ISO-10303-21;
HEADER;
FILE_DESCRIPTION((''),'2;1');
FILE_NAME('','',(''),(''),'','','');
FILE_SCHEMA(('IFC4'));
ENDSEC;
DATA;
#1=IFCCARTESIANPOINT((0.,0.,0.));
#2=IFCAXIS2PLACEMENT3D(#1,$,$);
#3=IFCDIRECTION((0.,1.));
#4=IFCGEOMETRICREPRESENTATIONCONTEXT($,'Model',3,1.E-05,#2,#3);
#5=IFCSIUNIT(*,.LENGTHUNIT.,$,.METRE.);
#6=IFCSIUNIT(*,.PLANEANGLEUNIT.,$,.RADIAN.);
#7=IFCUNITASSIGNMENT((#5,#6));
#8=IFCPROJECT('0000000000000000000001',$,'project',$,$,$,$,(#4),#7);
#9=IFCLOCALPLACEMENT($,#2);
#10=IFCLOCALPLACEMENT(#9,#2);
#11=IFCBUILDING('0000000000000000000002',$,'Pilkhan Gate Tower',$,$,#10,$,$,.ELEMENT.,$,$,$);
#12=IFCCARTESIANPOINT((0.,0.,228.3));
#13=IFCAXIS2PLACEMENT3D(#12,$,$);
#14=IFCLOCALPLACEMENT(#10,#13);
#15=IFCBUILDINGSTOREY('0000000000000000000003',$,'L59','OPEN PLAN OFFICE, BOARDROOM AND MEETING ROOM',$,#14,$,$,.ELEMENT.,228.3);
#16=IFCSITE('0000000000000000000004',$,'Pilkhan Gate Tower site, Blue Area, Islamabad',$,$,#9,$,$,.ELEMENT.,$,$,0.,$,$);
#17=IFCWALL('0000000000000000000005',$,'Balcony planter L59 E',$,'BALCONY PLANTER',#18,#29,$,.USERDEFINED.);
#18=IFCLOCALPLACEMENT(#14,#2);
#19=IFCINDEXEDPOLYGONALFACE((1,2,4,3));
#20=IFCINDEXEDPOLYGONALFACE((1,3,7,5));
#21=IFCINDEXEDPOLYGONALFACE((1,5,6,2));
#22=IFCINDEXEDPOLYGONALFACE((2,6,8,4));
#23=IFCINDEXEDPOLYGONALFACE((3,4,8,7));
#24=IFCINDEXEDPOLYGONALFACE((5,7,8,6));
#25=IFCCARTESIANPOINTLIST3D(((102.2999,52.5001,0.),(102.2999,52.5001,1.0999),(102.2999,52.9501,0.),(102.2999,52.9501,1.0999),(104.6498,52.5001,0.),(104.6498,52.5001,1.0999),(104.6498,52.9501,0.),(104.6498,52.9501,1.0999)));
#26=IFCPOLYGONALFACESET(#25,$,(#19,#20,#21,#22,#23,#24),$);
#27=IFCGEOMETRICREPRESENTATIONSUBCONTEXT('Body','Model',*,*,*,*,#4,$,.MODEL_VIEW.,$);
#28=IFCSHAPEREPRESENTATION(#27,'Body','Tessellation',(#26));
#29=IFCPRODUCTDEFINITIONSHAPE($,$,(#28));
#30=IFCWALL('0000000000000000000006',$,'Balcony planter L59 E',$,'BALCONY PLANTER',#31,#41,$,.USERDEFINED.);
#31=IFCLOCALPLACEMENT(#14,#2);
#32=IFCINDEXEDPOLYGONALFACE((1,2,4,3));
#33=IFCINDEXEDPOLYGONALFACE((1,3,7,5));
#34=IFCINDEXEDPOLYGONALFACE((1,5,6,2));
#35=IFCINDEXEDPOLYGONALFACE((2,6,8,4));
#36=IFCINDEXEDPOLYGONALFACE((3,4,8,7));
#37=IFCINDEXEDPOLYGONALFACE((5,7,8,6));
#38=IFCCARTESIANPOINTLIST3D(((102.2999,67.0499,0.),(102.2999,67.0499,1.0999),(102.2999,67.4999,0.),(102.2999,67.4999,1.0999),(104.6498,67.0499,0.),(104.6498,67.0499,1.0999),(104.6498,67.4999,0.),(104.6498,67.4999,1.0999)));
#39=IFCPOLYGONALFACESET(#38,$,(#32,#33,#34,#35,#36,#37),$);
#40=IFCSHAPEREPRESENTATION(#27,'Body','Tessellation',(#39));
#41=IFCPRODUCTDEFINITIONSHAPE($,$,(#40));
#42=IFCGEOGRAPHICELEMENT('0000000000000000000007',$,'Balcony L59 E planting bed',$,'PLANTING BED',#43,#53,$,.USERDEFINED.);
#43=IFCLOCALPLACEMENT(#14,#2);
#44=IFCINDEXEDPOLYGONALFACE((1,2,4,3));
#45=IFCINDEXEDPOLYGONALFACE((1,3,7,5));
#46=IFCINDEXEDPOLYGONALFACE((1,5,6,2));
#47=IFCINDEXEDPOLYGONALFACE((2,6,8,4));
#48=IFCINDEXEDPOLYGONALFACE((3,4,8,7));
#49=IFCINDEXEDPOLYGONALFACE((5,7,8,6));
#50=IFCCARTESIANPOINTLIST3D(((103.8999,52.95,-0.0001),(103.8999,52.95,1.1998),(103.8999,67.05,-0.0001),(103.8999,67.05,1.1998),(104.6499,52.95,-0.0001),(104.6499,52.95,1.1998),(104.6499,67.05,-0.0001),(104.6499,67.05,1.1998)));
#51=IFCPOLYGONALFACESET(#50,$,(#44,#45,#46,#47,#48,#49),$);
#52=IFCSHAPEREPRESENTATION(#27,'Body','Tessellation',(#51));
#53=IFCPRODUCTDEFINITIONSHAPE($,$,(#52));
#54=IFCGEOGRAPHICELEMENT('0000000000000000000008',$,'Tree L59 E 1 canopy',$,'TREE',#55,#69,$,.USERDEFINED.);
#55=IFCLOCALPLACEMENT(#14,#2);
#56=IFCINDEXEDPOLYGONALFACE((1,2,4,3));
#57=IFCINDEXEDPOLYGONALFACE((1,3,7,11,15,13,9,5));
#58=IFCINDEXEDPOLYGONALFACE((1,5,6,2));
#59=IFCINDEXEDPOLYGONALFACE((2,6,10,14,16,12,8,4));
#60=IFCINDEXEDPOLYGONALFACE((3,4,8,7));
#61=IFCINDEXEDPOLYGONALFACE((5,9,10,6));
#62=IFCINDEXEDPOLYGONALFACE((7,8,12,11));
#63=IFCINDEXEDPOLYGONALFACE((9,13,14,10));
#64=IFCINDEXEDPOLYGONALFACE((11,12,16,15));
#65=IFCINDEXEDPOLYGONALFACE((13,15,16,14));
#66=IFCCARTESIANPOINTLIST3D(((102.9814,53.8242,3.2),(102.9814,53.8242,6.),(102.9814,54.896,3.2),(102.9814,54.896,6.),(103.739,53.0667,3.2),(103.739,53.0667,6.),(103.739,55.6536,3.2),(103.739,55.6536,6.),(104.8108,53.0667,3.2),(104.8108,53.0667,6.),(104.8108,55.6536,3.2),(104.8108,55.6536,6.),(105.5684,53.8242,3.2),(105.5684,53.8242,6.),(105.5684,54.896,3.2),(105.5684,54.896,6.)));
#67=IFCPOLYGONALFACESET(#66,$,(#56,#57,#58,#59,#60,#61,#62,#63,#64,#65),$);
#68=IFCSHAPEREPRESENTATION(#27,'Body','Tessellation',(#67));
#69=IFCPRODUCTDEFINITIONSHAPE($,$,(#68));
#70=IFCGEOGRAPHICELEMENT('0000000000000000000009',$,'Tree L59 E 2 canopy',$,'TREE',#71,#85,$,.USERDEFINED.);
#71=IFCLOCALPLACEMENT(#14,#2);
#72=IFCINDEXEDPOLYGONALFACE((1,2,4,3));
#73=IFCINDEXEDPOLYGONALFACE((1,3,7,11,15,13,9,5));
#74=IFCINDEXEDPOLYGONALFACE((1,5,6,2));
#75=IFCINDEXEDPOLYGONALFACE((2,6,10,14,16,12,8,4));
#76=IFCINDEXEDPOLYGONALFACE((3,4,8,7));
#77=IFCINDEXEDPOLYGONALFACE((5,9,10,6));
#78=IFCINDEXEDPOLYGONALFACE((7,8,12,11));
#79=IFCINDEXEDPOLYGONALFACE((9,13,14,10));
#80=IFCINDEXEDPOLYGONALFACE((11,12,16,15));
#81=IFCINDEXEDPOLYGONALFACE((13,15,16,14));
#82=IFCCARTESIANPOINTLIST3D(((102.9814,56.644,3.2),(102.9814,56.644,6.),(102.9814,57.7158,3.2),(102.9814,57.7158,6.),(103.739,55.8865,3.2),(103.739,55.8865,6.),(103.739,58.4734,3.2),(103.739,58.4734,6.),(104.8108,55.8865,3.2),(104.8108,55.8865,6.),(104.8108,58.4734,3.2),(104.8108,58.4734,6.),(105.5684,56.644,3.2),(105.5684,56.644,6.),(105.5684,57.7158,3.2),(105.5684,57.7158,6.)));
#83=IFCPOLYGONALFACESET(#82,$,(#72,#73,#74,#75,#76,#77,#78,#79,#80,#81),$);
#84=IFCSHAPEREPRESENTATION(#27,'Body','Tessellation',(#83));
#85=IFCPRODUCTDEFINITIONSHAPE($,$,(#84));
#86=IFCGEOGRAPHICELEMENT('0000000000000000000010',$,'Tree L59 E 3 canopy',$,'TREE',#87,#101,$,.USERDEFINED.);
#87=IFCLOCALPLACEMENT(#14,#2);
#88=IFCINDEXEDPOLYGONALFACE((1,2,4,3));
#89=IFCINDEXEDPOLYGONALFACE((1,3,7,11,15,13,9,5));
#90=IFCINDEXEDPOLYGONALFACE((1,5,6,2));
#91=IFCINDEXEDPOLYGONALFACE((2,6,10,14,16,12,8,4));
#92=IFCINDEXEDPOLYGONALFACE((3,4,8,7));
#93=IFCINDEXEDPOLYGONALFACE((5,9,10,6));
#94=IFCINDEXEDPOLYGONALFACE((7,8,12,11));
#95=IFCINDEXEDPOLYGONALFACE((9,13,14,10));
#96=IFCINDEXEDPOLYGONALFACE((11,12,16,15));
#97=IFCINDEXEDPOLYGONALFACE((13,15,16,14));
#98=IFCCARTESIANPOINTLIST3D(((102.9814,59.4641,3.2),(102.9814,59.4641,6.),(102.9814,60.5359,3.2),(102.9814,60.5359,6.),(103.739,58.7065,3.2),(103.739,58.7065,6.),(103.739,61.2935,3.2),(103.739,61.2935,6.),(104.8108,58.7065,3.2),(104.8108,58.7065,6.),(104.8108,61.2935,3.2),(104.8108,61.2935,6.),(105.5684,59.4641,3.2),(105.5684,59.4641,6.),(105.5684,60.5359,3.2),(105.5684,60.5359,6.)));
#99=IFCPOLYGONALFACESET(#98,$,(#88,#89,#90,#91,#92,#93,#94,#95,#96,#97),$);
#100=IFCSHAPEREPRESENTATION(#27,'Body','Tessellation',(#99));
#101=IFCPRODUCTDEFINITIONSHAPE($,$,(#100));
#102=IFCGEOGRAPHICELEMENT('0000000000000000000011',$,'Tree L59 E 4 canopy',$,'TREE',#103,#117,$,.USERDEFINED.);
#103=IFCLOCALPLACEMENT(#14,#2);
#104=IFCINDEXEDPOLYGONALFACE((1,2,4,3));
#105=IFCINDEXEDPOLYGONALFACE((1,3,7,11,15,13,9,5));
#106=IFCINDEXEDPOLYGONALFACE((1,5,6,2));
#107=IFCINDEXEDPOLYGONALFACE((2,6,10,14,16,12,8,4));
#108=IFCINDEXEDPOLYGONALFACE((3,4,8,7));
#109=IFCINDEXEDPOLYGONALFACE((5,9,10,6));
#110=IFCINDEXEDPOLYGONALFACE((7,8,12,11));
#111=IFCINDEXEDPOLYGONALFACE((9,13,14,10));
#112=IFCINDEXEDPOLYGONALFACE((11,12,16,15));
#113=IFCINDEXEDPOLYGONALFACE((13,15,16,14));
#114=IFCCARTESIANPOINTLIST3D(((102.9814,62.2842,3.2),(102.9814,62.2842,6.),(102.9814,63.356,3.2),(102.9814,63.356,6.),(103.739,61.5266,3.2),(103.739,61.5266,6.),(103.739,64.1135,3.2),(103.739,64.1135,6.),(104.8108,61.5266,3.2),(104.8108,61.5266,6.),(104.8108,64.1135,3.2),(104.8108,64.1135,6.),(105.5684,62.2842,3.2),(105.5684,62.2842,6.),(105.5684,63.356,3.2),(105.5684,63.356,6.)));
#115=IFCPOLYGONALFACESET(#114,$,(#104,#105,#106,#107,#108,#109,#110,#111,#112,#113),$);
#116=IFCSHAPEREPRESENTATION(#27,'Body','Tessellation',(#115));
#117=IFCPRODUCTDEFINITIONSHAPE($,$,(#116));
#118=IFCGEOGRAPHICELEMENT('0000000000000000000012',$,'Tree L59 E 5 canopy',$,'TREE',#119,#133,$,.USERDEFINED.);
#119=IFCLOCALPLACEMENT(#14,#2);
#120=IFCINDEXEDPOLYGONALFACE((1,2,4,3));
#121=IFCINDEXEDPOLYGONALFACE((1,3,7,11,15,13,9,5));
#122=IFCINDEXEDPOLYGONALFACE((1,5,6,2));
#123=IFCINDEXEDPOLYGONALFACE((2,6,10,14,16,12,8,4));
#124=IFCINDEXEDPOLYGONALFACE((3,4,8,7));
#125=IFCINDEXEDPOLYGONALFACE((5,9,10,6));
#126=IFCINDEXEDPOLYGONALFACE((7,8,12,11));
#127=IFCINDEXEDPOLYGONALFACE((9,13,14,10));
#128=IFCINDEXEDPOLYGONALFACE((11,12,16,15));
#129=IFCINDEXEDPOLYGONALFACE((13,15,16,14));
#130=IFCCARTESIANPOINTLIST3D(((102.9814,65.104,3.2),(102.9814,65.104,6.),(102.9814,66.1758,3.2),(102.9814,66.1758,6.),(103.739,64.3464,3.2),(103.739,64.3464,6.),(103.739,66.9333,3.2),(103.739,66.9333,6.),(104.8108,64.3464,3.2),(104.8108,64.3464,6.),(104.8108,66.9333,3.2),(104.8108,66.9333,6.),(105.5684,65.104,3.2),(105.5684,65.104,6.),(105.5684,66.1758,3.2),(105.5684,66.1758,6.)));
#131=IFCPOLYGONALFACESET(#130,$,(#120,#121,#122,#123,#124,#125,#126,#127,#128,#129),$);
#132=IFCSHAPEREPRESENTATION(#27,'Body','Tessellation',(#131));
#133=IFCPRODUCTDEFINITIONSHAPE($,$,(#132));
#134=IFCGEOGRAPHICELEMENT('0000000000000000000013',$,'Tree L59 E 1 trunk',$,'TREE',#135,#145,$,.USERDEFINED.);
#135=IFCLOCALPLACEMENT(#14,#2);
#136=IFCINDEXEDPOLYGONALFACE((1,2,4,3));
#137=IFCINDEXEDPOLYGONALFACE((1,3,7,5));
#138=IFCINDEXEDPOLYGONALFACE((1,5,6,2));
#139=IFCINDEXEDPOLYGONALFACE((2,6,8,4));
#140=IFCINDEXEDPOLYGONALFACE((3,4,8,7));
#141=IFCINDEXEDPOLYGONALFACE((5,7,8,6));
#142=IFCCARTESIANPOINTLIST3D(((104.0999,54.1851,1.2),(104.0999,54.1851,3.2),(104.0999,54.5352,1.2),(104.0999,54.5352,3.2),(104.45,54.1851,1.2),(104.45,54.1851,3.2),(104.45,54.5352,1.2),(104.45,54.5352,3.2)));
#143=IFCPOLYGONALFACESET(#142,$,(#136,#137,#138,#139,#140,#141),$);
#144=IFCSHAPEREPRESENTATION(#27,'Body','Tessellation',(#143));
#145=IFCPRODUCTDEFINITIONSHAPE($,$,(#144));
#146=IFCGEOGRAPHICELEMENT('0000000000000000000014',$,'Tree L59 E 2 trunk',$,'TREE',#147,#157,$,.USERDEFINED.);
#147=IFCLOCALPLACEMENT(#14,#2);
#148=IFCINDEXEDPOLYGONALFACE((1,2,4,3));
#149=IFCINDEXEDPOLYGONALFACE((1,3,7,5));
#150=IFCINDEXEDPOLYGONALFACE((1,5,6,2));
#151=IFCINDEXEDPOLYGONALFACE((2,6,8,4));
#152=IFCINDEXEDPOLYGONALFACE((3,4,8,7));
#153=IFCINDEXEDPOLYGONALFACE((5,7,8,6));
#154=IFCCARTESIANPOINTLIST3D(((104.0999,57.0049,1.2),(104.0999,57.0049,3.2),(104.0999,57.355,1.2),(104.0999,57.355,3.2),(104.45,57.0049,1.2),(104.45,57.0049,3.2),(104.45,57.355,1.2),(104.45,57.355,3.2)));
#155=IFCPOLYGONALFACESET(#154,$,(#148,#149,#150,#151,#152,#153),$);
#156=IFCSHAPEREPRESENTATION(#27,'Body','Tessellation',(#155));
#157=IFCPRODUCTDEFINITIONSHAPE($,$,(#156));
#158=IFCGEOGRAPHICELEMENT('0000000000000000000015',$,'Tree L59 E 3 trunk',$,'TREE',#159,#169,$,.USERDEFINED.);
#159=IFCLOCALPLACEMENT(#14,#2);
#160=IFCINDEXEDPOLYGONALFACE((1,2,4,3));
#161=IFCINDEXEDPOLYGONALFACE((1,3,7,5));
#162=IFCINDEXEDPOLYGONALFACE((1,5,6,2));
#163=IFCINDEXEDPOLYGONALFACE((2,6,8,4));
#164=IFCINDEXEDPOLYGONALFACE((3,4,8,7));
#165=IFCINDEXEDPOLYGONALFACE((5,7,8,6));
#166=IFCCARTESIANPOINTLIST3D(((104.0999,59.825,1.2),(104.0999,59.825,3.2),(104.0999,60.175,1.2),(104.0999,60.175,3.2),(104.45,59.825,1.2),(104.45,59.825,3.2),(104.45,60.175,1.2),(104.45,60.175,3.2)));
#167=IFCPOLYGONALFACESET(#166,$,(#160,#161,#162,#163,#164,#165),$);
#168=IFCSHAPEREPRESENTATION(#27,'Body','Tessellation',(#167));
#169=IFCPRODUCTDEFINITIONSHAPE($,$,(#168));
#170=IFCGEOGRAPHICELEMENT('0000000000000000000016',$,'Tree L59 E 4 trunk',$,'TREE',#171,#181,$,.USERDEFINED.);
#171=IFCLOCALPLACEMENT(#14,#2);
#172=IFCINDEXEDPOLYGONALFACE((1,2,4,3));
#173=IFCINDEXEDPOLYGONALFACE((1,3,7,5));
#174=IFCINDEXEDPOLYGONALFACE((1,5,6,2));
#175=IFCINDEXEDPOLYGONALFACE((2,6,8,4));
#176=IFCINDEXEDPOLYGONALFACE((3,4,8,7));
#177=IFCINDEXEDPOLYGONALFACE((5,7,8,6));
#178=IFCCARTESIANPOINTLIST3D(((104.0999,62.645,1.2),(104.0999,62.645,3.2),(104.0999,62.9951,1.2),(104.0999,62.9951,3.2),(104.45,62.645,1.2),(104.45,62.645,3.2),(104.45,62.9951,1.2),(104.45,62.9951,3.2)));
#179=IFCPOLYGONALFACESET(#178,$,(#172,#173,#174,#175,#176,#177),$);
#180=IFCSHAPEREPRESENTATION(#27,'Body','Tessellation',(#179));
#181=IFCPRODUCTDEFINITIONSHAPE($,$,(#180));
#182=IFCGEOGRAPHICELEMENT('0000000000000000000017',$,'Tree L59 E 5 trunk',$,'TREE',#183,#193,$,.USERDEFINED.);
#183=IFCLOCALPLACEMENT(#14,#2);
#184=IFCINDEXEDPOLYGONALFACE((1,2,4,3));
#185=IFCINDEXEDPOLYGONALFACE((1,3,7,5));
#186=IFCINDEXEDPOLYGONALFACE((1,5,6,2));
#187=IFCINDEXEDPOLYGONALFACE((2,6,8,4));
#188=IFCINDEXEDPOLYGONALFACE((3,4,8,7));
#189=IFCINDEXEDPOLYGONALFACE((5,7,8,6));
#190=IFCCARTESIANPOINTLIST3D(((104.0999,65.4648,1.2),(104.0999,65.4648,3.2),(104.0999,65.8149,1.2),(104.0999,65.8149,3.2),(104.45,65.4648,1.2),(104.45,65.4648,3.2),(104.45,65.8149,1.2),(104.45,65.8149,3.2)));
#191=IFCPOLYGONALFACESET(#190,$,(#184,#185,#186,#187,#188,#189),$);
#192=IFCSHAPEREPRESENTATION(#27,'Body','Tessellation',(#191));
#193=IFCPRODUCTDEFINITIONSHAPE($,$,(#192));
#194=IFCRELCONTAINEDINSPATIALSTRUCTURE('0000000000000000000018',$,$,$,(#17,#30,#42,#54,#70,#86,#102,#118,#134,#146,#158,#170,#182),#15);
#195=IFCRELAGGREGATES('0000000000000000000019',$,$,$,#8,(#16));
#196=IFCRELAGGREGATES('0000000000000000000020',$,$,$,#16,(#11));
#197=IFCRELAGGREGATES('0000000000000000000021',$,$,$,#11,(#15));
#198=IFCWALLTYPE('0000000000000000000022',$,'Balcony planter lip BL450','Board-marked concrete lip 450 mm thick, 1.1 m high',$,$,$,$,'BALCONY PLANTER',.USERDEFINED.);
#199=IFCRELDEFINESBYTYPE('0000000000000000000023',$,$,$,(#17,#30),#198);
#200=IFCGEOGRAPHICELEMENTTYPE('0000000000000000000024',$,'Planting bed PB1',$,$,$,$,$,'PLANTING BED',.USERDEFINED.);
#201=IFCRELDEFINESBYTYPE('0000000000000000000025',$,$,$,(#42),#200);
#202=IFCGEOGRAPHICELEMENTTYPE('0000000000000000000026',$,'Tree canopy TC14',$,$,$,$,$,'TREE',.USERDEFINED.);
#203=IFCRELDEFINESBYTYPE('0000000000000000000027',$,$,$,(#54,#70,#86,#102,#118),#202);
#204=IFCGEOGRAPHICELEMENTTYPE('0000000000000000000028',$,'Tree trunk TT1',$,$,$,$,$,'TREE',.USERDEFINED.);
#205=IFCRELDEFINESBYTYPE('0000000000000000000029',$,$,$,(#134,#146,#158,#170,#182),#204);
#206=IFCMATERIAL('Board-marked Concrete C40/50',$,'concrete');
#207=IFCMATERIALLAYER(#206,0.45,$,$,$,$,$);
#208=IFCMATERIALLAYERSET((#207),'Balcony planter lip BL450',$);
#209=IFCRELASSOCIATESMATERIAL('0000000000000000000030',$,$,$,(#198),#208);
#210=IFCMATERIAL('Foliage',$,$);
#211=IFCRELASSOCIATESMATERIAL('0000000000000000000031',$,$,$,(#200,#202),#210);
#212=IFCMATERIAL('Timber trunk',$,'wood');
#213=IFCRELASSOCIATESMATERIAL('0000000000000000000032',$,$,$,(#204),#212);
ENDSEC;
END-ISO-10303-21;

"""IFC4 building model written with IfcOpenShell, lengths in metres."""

from ifc_helpers import new_model, si_unit, direction, frame, frame_2d, origin, origin_2d, place, context, subcontext, project, spatial, polyline, rectangle, outline, extrude, material, layer, layer_set, material_profile, profile_set, type_object, element, save


model = new_model("IFC4")

# Units and contexts
model_context = context("Model", 3, precision=1e-05, world=origin(), true_north=direction((0.0, 1.0)))
body_context = subcontext(model_context, "Body", "Model", "MODEL_VIEW")
ifc_project = project(units=[si_unit("LENGTHUNIT", "METRE"), si_unit("PLANEANGLEUNIT", "RADIAN")], contexts=[model_context])

# Site, building, storey
site_placement = place(None, origin())
site = spatial("IfcSite", under=ifc_project, at=site_placement, Name="Pilkhan Gate Tower site, Blue Area, Islamabad", CompositionType="ELEMENT", RefElevation=0.0)
building_placement = place(site_placement, origin())
building = spatial("IfcBuilding", under=site, at=building_placement, Name="Pilkhan Gate Tower", CompositionType="ELEMENT")
storey_placement = place(building_placement, frame((0.0, 0.0, 228.3)))
storey = spatial("IfcBuildingStorey", under=building, at=storey_placement, Name="L59", Description="OPEN PLAN OFFICE, BOARDROOM AND MEETING ROOM", CompositionType="ELEMENT", Elevation=228.3)

# Walls
ifc_material_1 = material(Name="Board-marked Concrete C40/50", Category="concrete")
ifc_layer_1 = layer(ifc_material_1, 0.45)
ifc_layer_set_1 = layer_set([ifc_layer_1], Name="Balcony planter lip BL450")
wall_type_1 = type_object("IfcWallType", Name="Balcony planter lip BL450", Description="Board-marked concrete lip 450 mm thick, 1.1 m high", ElementType="BALCONY PLANTER", PredefinedType="USERDEFINED", material=ifc_layer_set_1)
for number, where, z_axis, x_axis, name in (
    (1, (102.3, 52.7251, 0.0), (0.0, 0.0, 1.0), (1.0, 0.0, 0.0), "Balcony planter L59 E"),
    (2, (102.3, 67.2749, 0.0), (0.0, 0.0, 1.0), (1.0, 0.0, 0.0), "Balcony planter L59 E"),
):
    element("IfcWall", number, at=place(storey_placement, frame(where, z_axis=z_axis, x_axis=x_axis)), inside=storey, type_object=wall_type_1, Name=name, ObjectType="BALCONY PLANTER", PredefinedType="USERDEFINED", context=body_context, shape_type="SweptSolid", body=[
        extrude(rectangle(XDim=2.3499, YDim=0.45, at=frame_2d((1.1748, 0.0))), origin(), (0.0, 0.0, 1.0), 1.0999),
    ])

# Geographic elements
ifc_material_2 = material(Name="Foliage")
ifc_material_profile_1 = material_profile(ifc_material_2, rectangle(XDim=0.75, YDim=1.2, at=origin_2d()), Name="Bed 750x1200")
ifc_profile_set_1 = profile_set([ifc_material_profile_1], Name="Foliage")
geographic_element_type_1 = type_object("IfcGeographicElementType", Name="Planting bed PB1", ElementType="PLANTING BED", PredefinedType="USERDEFINED", material=ifc_profile_set_1)
geographic_element_placement = place(storey_placement, frame((104.2749, 52.95, 0.5999), z_axis=(0.0, 1.0, 0.0), x_axis=(-1.0, 0.0, 0.0)))
element("IfcGeographicElement", 3, at=geographic_element_placement, inside=storey, type_object=geographic_element_type_1, Name="Balcony L59 E planting bed", ObjectType="PLANTING BED", PredefinedType="USERDEFINED", context=body_context, shape_type="SweptSolid", body=[
    extrude(rectangle(XDim=0.75, YDim=1.2, at=origin_2d()), origin(), (0.0, 0.0, 1.0), 14.1001),
])
ifc_material_profile_2 = material_profile(ifc_material_2, outline(polyline([(1.2935, 0.5359), (0.5359, 1.2935), (-0.5359, 1.2935), (-1.2935, 0.5359), (-1.2935, -0.5359), (-0.5359, -1.2935), (0.5359, -1.2935), (1.2935, -0.5359), (1.2935, 0.5359)])), Name="Canopy D2.8")
ifc_profile_set_2 = profile_set([ifc_material_profile_2], Name="Foliage")
geographic_element_type_2 = type_object("IfcGeographicElementType", Name="Tree canopy TC14", ElementType="TREE", PredefinedType="USERDEFINED", material=ifc_profile_set_2)
for number, where, z_axis, x_axis, name in (
    (4, (104.2749, 54.3601, 3.2), (0.0, 0.0, 1.0), (1.0, 0.0, 0.0), "Tree L59 E 1 canopy"),
    (5, (104.2749, 57.1799, 3.2), (0.0, 0.0, 1.0), (1.0, 0.0, 0.0), "Tree L59 E 2 canopy"),
    (6, (104.2749, 60.0, 3.2), (0.0, 0.0, 1.0), (1.0, 0.0, 0.0), "Tree L59 E 3 canopy"),
    (7, (104.2749, 62.8201, 3.2), (0.0, 0.0, 1.0), (1.0, 0.0, 0.0), "Tree L59 E 4 canopy"),
    (8, (104.2749, 65.6399, 3.2), (0.0, 0.0, 1.0), (1.0, 0.0, 0.0), "Tree L59 E 5 canopy"),
):
    element("IfcGeographicElement", number, at=place(storey_placement, frame(where, z_axis=z_axis, x_axis=x_axis)), inside=storey, type_object=geographic_element_type_2, Name=name, ObjectType="TREE", PredefinedType="USERDEFINED", context=body_context, shape_type="SweptSolid", body=[
        extrude(outline(polyline([(1.2935, 0.5359), (0.5359, 1.2935), (-0.5359, 1.2935), (-1.2935, 0.5359), (-1.2935, -0.5359), (-0.5359, -1.2935), (0.5359, -1.2935), (1.2935, -0.5359), (1.2935, 0.5359)])), origin(), (0.0, 0.0, 1.0), 2.8),
    ])
ifc_material_3 = material(Name="Timber trunk", Category="wood")
geographic_element_type_3 = type_object("IfcGeographicElementType", Name="Tree trunk TT1", ElementType="TREE", PredefinedType="USERDEFINED", material=ifc_material_3)
for number, where, z_axis, x_axis, name in (
    (9, (104.2749, 54.3601, 1.2), (0.0, 0.0, 1.0), (1.0, 0.0, 0.0), "Tree L59 E 1 trunk"),
    (10, (104.2749, 57.1799, 1.2), (0.0, 0.0, 1.0), (1.0, 0.0, 0.0), "Tree L59 E 2 trunk"),
    (11, (104.2749, 60.0, 1.2), (0.0, 0.0, 1.0), (1.0, 0.0, 0.0), "Tree L59 E 3 trunk"),
    (12, (104.2749, 62.8201, 1.2), (0.0, 0.0, 1.0), (1.0, 0.0, 0.0), "Tree L59 E 4 trunk"),
    (13, (104.2749, 65.6399, 1.2), (0.0, 0.0, 1.0), (1.0, 0.0, 0.0), "Tree L59 E 5 trunk"),
):
    element("IfcGeographicElement", number, at=place(storey_placement, frame(where, z_axis=z_axis, x_axis=x_axis)), inside=storey, type_object=geographic_element_type_3, Name=name, ObjectType="TREE", PredefinedType="USERDEFINED", context=body_context, shape_type="SweptSolid", body=[
        extrude(rectangle(XDim=0.3501, YDim=0.3501, at=origin_2d()), origin(), (0.0, 0.0, 1.0), 2.0),
    ])

save(model, "model.ifc")
